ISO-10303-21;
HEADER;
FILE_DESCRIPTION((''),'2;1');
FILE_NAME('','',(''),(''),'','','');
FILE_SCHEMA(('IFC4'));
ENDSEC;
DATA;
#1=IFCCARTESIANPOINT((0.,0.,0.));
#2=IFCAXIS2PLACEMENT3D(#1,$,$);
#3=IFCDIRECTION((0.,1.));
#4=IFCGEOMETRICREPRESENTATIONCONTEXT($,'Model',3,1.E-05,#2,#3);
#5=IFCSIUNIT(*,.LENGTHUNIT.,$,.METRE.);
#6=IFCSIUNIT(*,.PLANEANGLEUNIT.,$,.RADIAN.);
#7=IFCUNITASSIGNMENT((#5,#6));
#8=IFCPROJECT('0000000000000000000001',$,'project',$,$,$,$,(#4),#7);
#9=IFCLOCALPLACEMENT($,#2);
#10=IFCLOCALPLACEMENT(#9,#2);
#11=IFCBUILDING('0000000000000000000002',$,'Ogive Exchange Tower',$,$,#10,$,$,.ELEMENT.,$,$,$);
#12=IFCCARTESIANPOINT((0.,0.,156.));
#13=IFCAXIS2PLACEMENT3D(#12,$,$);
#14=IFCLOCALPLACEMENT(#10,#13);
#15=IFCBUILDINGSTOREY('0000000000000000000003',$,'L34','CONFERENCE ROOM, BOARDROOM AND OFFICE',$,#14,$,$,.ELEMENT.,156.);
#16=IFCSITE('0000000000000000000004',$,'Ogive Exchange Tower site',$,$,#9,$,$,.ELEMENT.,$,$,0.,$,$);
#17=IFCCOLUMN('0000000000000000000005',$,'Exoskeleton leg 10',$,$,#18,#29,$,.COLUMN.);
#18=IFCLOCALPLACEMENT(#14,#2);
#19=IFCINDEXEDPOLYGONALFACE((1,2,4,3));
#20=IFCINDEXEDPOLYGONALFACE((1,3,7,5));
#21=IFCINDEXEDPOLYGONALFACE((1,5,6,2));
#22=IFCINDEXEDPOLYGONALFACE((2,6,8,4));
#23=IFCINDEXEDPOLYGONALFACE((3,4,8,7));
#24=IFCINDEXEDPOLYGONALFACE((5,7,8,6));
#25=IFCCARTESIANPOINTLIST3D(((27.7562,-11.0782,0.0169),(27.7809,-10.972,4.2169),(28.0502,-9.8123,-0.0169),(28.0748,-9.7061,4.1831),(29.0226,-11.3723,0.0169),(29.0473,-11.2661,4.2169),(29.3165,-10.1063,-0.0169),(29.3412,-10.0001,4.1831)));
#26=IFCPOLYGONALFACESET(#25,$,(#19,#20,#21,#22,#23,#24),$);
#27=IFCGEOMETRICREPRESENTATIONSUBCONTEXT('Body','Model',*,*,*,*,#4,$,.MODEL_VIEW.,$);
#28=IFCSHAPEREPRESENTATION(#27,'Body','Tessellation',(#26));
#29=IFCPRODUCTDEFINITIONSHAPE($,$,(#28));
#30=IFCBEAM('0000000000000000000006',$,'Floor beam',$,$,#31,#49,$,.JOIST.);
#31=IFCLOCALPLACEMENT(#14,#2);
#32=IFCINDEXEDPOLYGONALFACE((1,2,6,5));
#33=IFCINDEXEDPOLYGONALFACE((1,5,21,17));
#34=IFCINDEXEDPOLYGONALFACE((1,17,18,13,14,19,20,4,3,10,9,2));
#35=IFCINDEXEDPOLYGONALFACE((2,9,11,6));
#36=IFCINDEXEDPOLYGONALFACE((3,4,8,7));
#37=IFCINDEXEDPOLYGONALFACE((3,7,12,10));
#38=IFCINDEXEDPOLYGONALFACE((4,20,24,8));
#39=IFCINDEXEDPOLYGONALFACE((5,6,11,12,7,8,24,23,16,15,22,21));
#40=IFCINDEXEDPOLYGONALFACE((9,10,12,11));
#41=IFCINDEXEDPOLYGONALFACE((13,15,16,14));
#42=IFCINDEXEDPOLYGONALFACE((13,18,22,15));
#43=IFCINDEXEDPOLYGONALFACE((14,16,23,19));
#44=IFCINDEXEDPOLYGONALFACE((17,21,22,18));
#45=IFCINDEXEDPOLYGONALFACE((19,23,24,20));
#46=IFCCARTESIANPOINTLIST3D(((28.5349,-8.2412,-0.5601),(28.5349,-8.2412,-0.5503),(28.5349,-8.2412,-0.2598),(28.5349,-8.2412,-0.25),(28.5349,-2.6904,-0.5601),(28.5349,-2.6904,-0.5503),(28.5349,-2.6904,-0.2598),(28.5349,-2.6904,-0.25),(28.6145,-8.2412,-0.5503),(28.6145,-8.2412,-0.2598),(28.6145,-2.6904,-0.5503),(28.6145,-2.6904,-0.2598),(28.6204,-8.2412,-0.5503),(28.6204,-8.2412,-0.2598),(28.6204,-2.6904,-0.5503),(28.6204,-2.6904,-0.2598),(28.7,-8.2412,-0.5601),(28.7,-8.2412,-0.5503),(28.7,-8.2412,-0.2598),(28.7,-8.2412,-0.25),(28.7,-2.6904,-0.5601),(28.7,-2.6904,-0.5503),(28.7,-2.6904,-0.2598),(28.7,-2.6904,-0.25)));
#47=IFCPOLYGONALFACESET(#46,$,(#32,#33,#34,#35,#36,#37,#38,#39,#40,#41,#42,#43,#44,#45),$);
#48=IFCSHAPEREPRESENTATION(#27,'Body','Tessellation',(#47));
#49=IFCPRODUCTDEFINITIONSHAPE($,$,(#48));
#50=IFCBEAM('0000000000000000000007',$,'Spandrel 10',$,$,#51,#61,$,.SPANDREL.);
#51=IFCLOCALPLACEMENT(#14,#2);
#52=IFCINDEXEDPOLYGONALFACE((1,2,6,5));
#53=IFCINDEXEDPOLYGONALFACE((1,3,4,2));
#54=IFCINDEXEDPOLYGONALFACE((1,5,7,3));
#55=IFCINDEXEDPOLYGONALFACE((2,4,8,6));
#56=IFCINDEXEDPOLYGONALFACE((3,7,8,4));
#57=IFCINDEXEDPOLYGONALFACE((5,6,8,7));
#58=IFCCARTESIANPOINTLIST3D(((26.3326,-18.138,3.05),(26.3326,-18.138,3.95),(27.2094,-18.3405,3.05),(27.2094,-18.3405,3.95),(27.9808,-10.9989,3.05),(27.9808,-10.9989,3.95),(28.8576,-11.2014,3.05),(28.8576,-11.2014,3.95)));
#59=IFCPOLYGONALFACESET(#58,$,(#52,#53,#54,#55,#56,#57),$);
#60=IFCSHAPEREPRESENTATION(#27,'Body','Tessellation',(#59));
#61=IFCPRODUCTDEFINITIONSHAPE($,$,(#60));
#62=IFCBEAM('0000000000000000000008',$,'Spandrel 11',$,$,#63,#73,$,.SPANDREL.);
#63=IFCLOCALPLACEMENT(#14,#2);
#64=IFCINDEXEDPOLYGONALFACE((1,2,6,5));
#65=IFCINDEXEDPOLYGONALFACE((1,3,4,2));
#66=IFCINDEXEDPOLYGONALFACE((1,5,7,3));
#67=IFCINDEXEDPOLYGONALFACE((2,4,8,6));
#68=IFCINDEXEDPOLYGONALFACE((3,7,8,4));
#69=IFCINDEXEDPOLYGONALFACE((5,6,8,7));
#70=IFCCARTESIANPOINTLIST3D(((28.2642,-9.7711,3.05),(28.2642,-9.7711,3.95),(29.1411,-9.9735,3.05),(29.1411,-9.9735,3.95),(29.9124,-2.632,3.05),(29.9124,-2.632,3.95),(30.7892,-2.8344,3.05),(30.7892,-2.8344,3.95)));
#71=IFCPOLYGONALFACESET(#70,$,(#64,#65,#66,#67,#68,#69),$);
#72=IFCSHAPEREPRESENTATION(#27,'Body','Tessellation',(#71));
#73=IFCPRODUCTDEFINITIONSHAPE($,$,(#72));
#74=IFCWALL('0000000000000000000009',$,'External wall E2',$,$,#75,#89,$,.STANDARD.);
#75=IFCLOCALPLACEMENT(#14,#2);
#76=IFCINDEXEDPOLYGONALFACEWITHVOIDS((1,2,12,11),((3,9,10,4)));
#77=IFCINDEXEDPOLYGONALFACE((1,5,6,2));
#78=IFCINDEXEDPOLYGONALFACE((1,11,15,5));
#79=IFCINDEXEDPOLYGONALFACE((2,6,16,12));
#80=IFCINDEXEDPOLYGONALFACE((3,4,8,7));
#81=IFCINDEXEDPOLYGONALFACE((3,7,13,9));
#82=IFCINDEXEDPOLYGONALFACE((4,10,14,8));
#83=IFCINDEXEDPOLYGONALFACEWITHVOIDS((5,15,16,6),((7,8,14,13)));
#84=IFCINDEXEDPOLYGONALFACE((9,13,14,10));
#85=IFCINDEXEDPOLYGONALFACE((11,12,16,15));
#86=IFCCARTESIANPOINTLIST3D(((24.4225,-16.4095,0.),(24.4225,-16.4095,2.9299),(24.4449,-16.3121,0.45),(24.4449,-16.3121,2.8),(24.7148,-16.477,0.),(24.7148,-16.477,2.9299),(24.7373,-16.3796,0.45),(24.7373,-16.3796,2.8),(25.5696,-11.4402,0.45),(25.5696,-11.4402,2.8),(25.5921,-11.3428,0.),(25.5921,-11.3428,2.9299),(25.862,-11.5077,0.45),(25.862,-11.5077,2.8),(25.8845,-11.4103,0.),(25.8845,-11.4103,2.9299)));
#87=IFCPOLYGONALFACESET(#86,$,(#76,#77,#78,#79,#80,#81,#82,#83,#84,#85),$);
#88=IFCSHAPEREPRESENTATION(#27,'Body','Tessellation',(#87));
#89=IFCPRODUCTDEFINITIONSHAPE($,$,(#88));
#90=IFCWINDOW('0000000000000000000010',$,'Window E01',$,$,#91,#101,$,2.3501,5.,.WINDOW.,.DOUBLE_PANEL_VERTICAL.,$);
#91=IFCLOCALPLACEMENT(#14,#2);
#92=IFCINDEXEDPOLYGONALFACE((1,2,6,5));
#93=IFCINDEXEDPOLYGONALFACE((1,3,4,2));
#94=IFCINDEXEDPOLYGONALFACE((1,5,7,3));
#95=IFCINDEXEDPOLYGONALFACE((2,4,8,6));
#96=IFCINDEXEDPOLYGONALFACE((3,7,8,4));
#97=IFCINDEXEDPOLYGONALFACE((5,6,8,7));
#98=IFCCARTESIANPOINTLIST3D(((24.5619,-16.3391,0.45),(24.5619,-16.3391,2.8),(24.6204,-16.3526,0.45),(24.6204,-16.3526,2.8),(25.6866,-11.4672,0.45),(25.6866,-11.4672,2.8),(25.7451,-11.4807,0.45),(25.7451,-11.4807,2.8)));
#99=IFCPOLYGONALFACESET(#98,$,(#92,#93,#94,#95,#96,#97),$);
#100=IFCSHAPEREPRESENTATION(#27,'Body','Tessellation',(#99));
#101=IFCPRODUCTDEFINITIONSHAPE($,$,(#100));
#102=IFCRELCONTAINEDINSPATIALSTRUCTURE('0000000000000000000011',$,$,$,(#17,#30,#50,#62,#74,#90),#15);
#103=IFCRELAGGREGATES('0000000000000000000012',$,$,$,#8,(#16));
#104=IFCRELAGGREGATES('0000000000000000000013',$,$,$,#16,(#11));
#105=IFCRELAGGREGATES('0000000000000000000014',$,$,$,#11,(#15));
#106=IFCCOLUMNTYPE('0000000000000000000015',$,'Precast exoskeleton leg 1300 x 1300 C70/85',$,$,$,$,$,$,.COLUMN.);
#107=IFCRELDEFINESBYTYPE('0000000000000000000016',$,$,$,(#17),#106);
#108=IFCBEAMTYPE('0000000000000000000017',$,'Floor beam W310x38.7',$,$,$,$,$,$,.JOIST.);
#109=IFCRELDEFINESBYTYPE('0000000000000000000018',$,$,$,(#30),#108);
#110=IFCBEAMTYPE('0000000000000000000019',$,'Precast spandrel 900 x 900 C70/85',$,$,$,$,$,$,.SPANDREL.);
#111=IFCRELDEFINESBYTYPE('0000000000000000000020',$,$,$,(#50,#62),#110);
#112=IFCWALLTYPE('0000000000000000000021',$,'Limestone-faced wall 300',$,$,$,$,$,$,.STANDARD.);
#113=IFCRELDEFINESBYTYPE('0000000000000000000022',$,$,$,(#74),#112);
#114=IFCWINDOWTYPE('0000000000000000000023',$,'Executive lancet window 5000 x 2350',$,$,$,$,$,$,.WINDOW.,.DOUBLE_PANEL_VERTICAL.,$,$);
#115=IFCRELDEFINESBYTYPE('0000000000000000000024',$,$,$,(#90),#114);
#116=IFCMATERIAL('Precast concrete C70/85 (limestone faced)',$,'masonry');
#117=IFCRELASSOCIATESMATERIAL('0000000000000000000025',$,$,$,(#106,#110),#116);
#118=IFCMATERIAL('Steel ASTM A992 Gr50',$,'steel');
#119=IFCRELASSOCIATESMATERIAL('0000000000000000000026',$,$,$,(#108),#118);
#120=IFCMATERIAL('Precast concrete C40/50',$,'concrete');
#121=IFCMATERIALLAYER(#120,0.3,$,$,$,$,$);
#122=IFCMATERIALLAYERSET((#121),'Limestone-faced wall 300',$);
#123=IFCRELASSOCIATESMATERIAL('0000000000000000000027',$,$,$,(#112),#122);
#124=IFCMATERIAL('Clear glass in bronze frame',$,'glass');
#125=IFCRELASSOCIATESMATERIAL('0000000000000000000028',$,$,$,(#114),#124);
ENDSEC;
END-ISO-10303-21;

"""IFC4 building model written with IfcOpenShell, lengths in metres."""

from ifc_helpers import new_model, si_unit, direction, frame, frame_2d, origin, origin_2d, place, context, subcontext, project, spatial, rectangle, i_section, extrude, material, layer, layer_set, material_profile, profile_set, type_object, element, fill, save


model = new_model("IFC4")

# Units and contexts
model_context = context("Model", 3, precision=1e-05, world=origin(), true_north=direction((0.0, 1.0)))
body_context = subcontext(model_context, "Body", "Model", "MODEL_VIEW")
ifc_project = project(units=[si_unit("LENGTHUNIT", "METRE"), si_unit("PLANEANGLEUNIT", "RADIAN")], contexts=[model_context])

# Site, building, storey
site_placement = place(None, origin())
site = spatial("IfcSite", under=ifc_project, at=site_placement, Name="Ogive Exchange Tower site", CompositionType="ELEMENT", RefElevation=0.0)
building_placement = place(site_placement, origin())
building = spatial("IfcBuilding", under=site, at=building_placement, Name="Ogive Exchange Tower", CompositionType="ELEMENT")
storey_placement = place(building_placement, frame((0.0, 0.0, 156.0)))
storey = spatial("IfcBuildingStorey", under=building, at=storey_placement, Name="L34", Description="CONFERENCE ROOM, BOARDROOM AND OFFICE", CompositionType="ELEMENT", Elevation=156.0)

# Column
ifc_material_1 = material(Name="Precast concrete C70/85 (limestone faced)", Category="masonry")
ifc_material_profile_1 = material_profile(ifc_material_1, rectangle(XDim=1.3, YDim=1.3, at=origin_2d()), Name="1300 x 1300")
ifc_profile_set_1 = profile_set([ifc_material_profile_1], Name="Precast concrete C70/85 (limestone faced)")
column_type = type_object("IfcColumnType", Name="Precast exoskeleton leg 1300 x 1300 C70/85", PredefinedType="COLUMN", material=ifc_profile_set_1)
column_placement = place(storey_placement, frame((28.5364, -10.5923, 0.0), z_axis=(0.005869, 0.025278, 0.999663), x_axis=(-0.974088, 0.226168, 0.0)))
element("IfcColumn", 1, at=column_placement, inside=storey, type_object=column_type, Name="Exoskeleton leg 10", PredefinedType="COLUMN", context=body_context, shape_type="SweptSolid", body=[
    extrude(rectangle(XDim=1.3, YDim=1.3, at=origin_2d()), origin(), (0.0, 0.0, 1.0), 4.2014),
])

# Beams
ifc_material_2 = material(Name="Steel ASTM A992 Gr50", Category="steel")
ifc_material_profile_2 = material_profile(ifc_material_2, i_section(OverallWidth=0.165, OverallDepth=0.3101, WebThickness=0.0059, FlangeThickness=0.0098, at=origin_2d()), Name="W310x38.7")
ifc_profile_set_2 = profile_set([ifc_material_profile_2], Name="Steel ASTM A992 Gr50")
beam_type_1 = type_object("IfcBeamType", Name="Floor beam W310x38.7", PredefinedType="JOIST", material=ifc_profile_set_2)
beam_placement = place(storey_placement, frame((28.6174, -8.2412, -0.405), z_axis=(0.0, 1.0, 0.0), x_axis=(-1.0, 0.0, 0.0)))
element("IfcBeam", 2, at=beam_placement, inside=storey, type_object=beam_type_1, Name="Floor beam", PredefinedType="JOIST", context=body_context, shape_type="SweptSolid", body=[
    extrude(i_section(OverallWidth=0.165, OverallDepth=0.3101, WebThickness=0.0059, FlangeThickness=0.0098, at=origin_2d()), origin(), (0.0, 0.0, 1.0), 5.5508),
])
ifc_material_profile_3 = material_profile(ifc_material_1, rectangle(XDim=0.8999, YDim=0.8999, at=origin_2d()), Name="900 x 900")
ifc_profile_set_3 = profile_set([ifc_material_profile_3], Name="Precast concrete C70/85 (limestone faced)")
beam_type_2 = type_object("IfcBeamType", Name="Precast spandrel 900 x 900 C70/85", PredefinedType="SPANDREL", material=ifc_profile_set_3)
for number, where, z_axis, x_axis, name in (
    (3, (26.771, -18.2393, 3.5), (0.22495, 0.97437, 0.0), (-0.97437, 0.22495, 0.0), "Spandrel 10"),
    (4, (28.7026, -9.8723, 3.5), (0.22495, 0.97437, 0.0), (-0.97437, 0.22495, 0.0), "Spandrel 11"),
):
    element("IfcBeam", number, at=place(storey_placement, frame(where, z_axis=z_axis, x_axis=x_axis)), inside=storey, type_object=beam_type_2, Name=name, PredefinedType="SPANDREL", context=body_context, shape_type="SweptSolid", body=[
        extrude(rectangle(XDim=0.8999, YDim=0.8999, at=origin_2d()), origin(), (0.0, 0.0, 1.0), 7.3269),
    ])

# Wall, opening, window
ifc_material_3 = material(Name="Precast concrete C40/50", Category="concrete")
ifc_layer_1 = layer(ifc_material_3, 0.3)
ifc_layer_set_1 = layer_set([ifc_layer_1], Name="Limestone-faced wall 300")
wall_type_1 = type_object("IfcWallType", Name="Limestone-faced wall 300", PredefinedType="STANDARD", material=ifc_layer_set_1)
wall_1_placement = place(storey_placement, frame((24.5686, -16.4434, 0.0), z_axis=(0.0, 0.0, 1.0), x_axis=(0.224942, 0.974372, 0.0)))
wall_1 = element("IfcWall", 5, at=wall_1_placement, inside=storey, type_object=wall_type_1, Name="External wall E2", PredefinedType="STANDARD", context=body_context, shape_type="SweptSolid", body=[
    extrude(rectangle(XDim=5.2, YDim=0.3, at=frame_2d((2.6001, 0.0))), origin(), (0.0, 0.0, 1.0), 2.9299),
])
opening_1_placement = place(wall_1_placement, frame((0.1001, 0.0, 0.45)))
opening_1 = element("IfcOpeningElement", 6, at=opening_1_placement, cuts=wall_1, PredefinedType="OPENING", context=body_context, shape_type="SweptSolid", body=[
    extrude(rectangle(XDim=5.0, YDim=2.3501, at=frame_2d((2.5, 1.175))), frame((0.0, 0.1599, 0.0), z_axis=(0.0, -1.0, 0.0), x_axis=(1.0, 0.0, 0.0)), (0.0, 0.0, 1.0), 0.3201),
])
ifc_material_4 = material(Name="Clear glass in bronze frame", Category="glass")
window_type_1 = type_object("IfcWindowType", Name="Executive lancet window 5000 x 2350", PartitioningType="DOUBLE_PANEL_VERTICAL", PredefinedType="WINDOW", material=ifc_material_4)
window_1_placement = place(opening_1_placement, origin())
window_1 = element("IfcWindow", 7, at=window_1_placement, inside=storey, type_object=window_type_1, Name="Window E01", OverallHeight=2.3501, OverallWidth=5.0, PartitioningType="DOUBLE_PANEL_VERTICAL", PredefinedType="WINDOW", context=body_context, shape_type="SweptSolid", body=[
    extrude(rectangle(XDim=5.0, YDim=2.3501, at=frame_2d((2.5, 1.175))), frame((0.0, 0.03, 0.0), z_axis=(0.0, -1.0, 0.0), x_axis=(1.0, 0.0, 0.0)), (0.0, 0.0, 1.0), 0.0601),
])
fill(opening_1, window_1)

save(model, "model.ifc")
